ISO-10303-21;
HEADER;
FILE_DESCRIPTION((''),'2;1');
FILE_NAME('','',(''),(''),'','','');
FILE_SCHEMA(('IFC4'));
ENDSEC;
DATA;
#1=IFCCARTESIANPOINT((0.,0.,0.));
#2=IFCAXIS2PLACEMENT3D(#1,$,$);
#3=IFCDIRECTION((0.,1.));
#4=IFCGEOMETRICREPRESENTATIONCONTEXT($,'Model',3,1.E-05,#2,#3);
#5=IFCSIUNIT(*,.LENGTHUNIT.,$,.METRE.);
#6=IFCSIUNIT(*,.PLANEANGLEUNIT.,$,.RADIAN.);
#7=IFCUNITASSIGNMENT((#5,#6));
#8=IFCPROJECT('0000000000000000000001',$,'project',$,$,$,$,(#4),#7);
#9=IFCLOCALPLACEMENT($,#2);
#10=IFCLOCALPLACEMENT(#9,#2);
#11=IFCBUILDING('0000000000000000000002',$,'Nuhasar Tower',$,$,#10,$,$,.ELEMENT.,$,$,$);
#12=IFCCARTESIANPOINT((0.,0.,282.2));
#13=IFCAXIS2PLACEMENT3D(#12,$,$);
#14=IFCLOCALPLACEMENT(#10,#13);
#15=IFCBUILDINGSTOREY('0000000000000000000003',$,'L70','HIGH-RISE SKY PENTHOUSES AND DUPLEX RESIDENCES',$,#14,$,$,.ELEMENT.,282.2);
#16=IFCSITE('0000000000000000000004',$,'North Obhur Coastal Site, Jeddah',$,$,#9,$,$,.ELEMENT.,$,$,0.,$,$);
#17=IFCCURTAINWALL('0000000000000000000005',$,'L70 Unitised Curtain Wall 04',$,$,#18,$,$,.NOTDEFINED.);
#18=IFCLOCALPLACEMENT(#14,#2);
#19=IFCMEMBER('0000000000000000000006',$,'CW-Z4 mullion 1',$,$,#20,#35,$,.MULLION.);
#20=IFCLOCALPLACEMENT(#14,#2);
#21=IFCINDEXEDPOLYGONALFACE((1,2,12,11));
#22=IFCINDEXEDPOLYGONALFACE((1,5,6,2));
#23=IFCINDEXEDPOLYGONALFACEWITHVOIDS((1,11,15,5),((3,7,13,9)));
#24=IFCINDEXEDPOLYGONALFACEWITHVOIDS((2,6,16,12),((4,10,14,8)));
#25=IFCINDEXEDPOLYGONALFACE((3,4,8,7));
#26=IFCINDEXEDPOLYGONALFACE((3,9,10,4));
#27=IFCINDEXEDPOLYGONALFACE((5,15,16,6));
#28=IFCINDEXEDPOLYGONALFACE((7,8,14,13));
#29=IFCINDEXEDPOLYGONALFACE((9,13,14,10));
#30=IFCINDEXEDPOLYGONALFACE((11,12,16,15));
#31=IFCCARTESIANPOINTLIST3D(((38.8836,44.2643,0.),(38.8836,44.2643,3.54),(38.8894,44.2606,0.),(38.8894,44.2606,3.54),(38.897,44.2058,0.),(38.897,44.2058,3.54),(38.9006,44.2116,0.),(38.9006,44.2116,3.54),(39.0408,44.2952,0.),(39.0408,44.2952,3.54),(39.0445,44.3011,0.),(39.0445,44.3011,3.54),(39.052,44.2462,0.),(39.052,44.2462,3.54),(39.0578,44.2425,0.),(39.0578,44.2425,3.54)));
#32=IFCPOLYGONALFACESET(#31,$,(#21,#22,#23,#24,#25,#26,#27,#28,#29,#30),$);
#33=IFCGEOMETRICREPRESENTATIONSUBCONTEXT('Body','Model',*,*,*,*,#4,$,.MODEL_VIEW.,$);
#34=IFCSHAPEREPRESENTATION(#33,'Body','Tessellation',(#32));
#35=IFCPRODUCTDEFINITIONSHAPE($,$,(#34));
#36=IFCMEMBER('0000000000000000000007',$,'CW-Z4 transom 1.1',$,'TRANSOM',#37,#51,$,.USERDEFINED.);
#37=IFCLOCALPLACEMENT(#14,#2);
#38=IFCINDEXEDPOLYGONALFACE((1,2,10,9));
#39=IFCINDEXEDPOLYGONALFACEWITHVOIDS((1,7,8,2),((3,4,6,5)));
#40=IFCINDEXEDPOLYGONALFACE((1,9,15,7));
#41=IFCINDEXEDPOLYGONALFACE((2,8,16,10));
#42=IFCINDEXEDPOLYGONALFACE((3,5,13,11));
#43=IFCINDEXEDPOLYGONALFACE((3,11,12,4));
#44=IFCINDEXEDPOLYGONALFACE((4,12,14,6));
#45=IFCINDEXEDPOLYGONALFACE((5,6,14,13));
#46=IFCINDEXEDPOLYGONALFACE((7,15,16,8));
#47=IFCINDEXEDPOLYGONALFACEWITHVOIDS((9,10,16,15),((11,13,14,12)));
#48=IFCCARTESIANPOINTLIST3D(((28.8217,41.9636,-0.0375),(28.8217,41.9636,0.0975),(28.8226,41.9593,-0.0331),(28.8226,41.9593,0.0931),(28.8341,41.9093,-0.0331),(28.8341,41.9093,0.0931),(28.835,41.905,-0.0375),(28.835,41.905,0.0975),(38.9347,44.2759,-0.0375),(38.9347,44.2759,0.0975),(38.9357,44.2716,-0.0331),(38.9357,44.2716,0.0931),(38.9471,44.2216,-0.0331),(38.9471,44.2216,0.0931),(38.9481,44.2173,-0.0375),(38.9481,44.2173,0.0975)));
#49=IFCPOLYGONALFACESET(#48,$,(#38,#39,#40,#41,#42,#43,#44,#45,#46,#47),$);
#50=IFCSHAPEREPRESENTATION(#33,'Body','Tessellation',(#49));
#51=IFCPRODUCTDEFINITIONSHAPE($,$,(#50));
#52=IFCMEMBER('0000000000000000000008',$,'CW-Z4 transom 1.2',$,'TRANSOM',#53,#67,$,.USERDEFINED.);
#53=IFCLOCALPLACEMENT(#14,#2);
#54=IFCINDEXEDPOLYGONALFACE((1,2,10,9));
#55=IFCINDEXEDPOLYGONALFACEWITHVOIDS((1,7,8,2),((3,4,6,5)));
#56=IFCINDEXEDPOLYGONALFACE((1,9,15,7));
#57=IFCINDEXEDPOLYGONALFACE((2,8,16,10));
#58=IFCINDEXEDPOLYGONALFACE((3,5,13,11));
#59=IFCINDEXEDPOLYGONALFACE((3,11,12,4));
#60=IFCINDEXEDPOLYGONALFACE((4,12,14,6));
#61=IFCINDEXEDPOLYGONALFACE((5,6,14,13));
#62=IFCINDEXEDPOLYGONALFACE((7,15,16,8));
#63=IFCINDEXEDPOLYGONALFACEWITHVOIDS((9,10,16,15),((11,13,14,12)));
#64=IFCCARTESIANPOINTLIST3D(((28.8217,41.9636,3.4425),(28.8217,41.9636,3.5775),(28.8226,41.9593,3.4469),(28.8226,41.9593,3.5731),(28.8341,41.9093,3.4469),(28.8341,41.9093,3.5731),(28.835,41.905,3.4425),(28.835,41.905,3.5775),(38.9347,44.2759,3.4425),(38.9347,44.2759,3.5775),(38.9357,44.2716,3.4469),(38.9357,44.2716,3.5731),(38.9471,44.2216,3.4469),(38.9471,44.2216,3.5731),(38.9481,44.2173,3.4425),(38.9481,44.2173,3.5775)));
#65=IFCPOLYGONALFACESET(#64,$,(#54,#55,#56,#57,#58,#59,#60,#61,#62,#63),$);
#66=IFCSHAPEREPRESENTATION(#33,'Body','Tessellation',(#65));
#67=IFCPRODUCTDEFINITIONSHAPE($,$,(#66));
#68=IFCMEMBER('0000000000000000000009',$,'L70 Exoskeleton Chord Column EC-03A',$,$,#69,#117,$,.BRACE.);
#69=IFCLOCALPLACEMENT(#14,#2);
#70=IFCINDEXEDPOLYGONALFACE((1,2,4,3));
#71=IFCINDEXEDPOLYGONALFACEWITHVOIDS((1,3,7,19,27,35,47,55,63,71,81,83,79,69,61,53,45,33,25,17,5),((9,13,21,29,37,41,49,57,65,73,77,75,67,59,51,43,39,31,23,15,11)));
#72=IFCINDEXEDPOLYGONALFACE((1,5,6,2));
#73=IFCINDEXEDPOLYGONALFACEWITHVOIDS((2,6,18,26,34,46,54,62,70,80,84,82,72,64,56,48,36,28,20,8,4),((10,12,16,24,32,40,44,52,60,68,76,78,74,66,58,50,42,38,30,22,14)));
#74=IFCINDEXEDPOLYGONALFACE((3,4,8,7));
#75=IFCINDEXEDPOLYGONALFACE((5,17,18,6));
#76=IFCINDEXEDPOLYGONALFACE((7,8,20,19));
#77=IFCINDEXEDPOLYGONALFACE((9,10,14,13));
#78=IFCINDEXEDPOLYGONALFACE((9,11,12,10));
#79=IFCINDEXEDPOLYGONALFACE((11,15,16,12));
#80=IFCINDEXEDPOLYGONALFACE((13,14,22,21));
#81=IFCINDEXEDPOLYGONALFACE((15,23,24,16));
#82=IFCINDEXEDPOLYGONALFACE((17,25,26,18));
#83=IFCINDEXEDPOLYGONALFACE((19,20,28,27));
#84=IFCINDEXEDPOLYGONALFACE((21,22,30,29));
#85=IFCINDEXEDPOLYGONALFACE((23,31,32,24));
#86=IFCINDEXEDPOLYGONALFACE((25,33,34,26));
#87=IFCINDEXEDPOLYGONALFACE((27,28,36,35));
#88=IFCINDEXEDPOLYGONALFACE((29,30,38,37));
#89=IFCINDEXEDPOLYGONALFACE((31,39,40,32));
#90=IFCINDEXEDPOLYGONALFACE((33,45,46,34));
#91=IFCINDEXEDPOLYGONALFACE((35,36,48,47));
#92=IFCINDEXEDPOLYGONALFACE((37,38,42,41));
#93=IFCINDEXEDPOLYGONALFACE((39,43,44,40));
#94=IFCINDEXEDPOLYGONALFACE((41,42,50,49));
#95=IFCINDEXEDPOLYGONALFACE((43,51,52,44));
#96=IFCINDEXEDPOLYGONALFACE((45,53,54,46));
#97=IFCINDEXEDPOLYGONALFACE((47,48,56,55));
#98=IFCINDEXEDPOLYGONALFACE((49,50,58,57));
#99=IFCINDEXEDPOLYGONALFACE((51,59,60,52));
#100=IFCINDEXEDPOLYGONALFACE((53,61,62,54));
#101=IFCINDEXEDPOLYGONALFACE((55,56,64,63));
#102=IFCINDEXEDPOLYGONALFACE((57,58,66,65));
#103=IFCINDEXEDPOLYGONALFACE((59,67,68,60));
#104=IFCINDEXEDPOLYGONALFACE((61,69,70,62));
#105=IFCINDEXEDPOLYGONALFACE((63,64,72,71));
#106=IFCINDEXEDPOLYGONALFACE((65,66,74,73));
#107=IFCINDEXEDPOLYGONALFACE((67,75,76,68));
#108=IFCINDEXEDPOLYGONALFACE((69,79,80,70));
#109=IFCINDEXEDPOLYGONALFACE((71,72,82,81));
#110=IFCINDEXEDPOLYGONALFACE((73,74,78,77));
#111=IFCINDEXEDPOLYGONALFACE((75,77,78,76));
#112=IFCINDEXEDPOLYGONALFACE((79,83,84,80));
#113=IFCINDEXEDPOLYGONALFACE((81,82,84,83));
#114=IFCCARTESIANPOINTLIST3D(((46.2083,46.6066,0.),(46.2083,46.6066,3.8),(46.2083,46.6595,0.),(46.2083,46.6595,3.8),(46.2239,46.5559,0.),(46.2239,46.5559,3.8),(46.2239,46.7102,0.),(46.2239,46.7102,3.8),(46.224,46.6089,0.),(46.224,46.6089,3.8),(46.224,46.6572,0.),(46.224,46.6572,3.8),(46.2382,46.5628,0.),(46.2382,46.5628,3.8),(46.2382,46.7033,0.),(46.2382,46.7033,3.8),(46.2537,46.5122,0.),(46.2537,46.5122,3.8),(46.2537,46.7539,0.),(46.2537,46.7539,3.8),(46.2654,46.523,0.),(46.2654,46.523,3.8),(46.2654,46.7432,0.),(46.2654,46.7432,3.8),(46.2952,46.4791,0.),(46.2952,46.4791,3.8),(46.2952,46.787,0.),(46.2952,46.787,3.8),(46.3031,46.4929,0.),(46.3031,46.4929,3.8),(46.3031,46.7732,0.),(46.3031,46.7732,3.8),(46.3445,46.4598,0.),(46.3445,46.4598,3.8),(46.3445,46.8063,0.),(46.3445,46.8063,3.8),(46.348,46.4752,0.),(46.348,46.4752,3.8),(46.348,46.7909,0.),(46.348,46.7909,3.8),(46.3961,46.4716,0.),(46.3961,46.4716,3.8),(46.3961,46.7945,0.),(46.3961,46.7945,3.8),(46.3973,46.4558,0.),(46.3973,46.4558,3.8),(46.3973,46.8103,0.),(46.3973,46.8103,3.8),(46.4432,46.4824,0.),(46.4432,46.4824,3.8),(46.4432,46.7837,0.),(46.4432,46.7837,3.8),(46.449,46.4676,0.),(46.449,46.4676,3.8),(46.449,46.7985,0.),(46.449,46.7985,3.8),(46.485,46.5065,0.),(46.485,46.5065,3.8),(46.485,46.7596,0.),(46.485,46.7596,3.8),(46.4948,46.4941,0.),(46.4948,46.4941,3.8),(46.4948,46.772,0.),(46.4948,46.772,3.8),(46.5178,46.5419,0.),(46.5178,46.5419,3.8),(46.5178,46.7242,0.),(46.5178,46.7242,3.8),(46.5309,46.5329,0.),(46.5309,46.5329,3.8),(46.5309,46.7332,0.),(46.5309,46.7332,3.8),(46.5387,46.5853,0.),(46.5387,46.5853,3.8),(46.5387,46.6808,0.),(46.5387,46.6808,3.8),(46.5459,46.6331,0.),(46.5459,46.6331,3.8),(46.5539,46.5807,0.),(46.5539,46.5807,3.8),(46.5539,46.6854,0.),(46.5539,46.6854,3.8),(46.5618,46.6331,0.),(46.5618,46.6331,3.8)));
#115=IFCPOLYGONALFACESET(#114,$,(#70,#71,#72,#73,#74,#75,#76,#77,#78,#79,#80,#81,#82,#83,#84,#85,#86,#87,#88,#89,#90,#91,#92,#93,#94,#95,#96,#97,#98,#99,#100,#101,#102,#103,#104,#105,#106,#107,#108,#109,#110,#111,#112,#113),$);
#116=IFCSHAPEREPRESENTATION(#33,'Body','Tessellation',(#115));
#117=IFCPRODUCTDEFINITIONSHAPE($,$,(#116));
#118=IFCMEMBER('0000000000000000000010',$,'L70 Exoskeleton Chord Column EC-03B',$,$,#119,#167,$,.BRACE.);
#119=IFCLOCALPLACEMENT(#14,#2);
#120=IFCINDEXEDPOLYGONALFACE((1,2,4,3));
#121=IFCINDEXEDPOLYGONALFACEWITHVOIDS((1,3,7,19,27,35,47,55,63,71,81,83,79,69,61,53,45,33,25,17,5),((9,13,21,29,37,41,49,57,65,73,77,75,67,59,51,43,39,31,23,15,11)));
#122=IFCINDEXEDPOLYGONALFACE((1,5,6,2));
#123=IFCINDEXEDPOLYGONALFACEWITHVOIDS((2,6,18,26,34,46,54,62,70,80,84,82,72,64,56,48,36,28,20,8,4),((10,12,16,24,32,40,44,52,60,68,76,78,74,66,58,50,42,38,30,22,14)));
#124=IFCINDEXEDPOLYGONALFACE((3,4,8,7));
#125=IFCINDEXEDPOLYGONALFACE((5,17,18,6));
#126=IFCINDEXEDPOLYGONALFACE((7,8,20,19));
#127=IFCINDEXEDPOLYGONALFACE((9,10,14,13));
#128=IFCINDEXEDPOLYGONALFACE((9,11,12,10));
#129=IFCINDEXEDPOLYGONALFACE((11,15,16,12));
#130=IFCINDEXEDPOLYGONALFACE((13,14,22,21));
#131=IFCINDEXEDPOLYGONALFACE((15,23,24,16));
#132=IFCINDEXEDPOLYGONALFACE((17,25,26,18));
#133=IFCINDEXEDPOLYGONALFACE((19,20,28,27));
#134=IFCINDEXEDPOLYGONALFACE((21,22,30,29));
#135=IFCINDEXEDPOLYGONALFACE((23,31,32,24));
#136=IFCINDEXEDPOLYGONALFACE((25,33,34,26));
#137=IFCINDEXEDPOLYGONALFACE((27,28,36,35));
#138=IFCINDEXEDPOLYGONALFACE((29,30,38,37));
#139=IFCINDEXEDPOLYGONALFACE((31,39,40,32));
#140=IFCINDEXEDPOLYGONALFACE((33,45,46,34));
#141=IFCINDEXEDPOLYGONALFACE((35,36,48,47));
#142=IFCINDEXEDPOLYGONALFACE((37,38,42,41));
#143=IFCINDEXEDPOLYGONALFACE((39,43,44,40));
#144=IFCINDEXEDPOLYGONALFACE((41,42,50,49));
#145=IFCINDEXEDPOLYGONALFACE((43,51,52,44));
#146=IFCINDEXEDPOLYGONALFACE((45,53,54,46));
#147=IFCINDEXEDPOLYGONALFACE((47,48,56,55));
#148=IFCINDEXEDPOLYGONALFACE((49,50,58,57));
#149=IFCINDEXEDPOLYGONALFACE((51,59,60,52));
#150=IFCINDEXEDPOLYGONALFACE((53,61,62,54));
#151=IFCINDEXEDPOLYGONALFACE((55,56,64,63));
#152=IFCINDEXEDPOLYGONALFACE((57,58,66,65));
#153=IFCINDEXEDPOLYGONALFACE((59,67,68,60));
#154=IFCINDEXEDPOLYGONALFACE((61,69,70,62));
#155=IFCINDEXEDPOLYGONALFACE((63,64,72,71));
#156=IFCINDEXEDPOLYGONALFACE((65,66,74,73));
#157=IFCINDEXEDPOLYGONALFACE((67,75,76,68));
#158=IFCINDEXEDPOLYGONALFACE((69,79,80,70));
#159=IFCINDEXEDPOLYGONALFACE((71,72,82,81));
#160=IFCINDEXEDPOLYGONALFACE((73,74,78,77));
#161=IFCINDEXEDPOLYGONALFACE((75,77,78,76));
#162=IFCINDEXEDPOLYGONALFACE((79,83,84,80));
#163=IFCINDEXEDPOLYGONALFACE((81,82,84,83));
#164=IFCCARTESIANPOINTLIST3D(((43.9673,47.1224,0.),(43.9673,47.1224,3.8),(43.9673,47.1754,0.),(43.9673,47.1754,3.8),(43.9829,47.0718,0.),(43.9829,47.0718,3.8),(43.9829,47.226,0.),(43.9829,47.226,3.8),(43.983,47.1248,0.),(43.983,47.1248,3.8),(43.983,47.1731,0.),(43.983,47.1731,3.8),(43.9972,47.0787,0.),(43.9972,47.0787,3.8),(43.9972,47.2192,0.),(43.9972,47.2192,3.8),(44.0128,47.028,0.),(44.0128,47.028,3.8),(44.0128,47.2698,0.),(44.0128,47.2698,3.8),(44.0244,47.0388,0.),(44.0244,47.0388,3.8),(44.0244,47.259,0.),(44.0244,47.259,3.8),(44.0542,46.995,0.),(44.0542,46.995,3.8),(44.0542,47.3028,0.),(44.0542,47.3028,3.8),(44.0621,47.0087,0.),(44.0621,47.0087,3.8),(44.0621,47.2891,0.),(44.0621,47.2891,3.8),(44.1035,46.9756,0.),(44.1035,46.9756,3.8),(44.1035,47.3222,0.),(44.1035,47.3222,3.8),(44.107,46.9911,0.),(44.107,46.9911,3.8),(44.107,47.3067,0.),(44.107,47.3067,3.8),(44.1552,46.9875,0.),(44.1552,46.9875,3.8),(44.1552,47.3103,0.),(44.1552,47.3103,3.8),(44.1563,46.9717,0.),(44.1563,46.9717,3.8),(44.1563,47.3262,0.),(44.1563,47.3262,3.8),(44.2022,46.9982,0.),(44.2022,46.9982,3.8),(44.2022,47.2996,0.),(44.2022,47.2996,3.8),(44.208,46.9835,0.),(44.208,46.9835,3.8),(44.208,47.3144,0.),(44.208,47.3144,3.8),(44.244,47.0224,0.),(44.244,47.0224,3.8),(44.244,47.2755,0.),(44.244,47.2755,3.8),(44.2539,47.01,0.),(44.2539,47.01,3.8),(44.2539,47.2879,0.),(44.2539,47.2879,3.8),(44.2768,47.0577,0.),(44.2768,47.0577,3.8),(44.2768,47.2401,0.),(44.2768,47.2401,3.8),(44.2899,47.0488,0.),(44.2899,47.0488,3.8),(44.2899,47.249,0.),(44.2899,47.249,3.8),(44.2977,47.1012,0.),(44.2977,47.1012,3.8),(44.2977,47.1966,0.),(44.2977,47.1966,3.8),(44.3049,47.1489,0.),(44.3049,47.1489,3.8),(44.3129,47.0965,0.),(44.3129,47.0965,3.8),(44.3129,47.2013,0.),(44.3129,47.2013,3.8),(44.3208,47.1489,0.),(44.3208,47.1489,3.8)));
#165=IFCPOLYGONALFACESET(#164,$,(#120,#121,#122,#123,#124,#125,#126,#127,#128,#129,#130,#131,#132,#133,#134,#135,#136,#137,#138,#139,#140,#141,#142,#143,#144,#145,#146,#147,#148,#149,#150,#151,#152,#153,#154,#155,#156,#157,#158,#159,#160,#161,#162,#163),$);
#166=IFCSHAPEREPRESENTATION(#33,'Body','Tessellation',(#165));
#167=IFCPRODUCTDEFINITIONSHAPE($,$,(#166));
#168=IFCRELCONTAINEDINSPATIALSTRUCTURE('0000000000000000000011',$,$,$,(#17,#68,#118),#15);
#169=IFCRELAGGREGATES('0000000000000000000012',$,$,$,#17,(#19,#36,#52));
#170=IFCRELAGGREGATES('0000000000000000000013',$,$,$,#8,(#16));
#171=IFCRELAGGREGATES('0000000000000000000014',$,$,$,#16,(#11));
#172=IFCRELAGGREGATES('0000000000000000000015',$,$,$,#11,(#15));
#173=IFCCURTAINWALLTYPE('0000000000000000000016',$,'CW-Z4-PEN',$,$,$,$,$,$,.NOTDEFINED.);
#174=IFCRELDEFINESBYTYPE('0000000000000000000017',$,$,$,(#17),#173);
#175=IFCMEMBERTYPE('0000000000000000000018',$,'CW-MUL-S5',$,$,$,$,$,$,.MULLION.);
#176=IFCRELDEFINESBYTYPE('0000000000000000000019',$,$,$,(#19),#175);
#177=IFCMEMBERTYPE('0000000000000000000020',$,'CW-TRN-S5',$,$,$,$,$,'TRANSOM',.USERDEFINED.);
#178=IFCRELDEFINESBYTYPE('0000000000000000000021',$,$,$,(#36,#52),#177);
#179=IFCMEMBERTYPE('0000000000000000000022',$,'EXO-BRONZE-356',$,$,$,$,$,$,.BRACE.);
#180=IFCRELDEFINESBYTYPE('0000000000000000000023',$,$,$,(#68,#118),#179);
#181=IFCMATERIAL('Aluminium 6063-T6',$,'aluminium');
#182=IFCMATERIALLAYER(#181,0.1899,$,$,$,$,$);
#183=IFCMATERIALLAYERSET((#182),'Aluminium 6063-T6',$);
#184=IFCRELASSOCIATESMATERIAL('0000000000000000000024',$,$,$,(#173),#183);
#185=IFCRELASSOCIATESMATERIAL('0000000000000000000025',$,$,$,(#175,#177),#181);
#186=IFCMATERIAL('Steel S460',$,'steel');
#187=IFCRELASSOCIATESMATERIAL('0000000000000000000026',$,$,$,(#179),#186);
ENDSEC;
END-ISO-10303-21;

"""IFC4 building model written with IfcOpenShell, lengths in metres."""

from ifc_helpers import new_model, si_unit, direction, frame, origin, origin_2d, place, context, subcontext, project, spatial, hollow_rectangle, hollow_circle, extrude, material, layer, layer_set, material_profile, profile_set, type_object, element, aggregate, save


model = new_model("IFC4")

# Units and contexts
model_context = context("Model", 3, precision=1e-05, world=origin(), true_north=direction((0.0, 1.0)))
body_context = subcontext(model_context, "Body", "Model", "MODEL_VIEW")
ifc_project = project(units=[si_unit("LENGTHUNIT", "METRE"), si_unit("PLANEANGLEUNIT", "RADIAN")], contexts=[model_context])

# Site, building, storey
site_placement = place(None, origin())
site = spatial("IfcSite", under=ifc_project, at=site_placement, Name="North Obhur Coastal Site, Jeddah", CompositionType="ELEMENT", RefElevation=0.0)
building_placement = place(site_placement, origin())
building = spatial("IfcBuilding", under=site, at=building_placement, Name="Nuhasar Tower", CompositionType="ELEMENT")
storey_placement = place(building_placement, frame((0.0, 0.0, 282.2)))
storey = spatial("IfcBuildingStorey", under=building, at=storey_placement, Name="L70", Description="HIGH-RISE SKY PENTHOUSES AND DUPLEX RESIDENCES", CompositionType="ELEMENT", Elevation=282.2)

# Shared definitions
ifc_material_1 = material(Name="Aluminium 6063-T6", Category="aluminium")
ifc_layer_1 = layer(ifc_material_1, 0.1899)
ifc_layer_set_1 = layer_set([ifc_layer_1], Name="Aluminium 6063-T6")
curtain_wall_type = type_object("IfcCurtainWallType", Name="CW-Z4-PEN", PredefinedType="NOTDEFINED", material=ifc_layer_set_1)
ifc_material_profile_1 = material_profile(ifc_material_1, hollow_rectangle(XDim=0.0601, YDim=0.165, WallThickness=0.0049, at=origin_2d()), Name="CWM-5")
ifc_profile_set_1 = profile_set([ifc_material_profile_1], Name="Aluminium 6063-T6")
member_type_1 = type_object("IfcMemberType", Name="CW-MUL-S5", PredefinedType="MULLION", material=ifc_profile_set_1)

# Curtain wall, members
curtain_wall_1_placement = place(storey_placement, origin())
curtain_wall_1 = element("IfcCurtainWall", 1, at=curtain_wall_1_placement, inside=storey, type_object=curtain_wall_type, Name="L70 Unitised Curtain Wall 04", PredefinedType="NOTDEFINED")
member_1_placement = place(storey_placement, frame((38.9707, 44.2534, 0.0), z_axis=(0.0, 0.0, 1.0), x_axis=(0.222889, -0.974844, 0.0)))
member_1 = element("IfcMember", 2, at=member_1_placement, type_object=member_type_1, Name="CW-Z4 mullion 1", PredefinedType="MULLION", context=body_context, shape_type="SweptSolid", body=[
    extrude(hollow_rectangle(XDim=0.0601, YDim=0.165, WallThickness=0.0049, at=origin_2d()), origin(), (0.0, 0.0, 1.0), 3.54),
])
ifc_material_profile_2 = material_profile(ifc_material_1, hollow_rectangle(XDim=0.0601, YDim=0.135, WallThickness=0.0044, at=origin_2d()), Name="CWT-5")
ifc_profile_set_2 = profile_set([ifc_material_profile_2], Name="Aluminium 6063-T6")
member_type_2 = type_object("IfcMemberType", Name="CW-TRN-S5", ElementType="TRANSOM", PredefinedType="USERDEFINED", material=ifc_profile_set_2)
member_2_placement = place(storey_placement, frame((38.9414, 44.2466, 0.03), z_axis=(-0.974844, -0.222889, 0.0), x_axis=(0.222889, -0.974844, 0.0)))
member_2 = element("IfcMember", 3, at=member_2_placement, type_object=member_type_2, Name="CW-Z4 transom 1.1", ObjectType="TRANSOM", PredefinedType="USERDEFINED", context=body_context, shape_type="SweptSolid", body=[
    extrude(hollow_rectangle(XDim=0.0601, YDim=0.135, WallThickness=0.0044, at=origin_2d()), origin(), (0.0, 0.0, 1.0), 10.374),
])
member_3_placement = place(storey_placement, frame((38.9414, 44.2466, 3.51), z_axis=(-0.974844, -0.222889, 0.0), x_axis=(0.222889, -0.974844, 0.0)))
member_3 = element("IfcMember", 4, at=member_3_placement, type_object=member_type_2, Name="CW-Z4 transom 1.2", ObjectType="TRANSOM", PredefinedType="USERDEFINED", context=body_context, shape_type="SweptSolid", body=[
    extrude(hollow_rectangle(XDim=0.0601, YDim=0.135, WallThickness=0.0044, at=origin_2d()), origin(), (0.0, 0.0, 1.0), 10.374),
])
aggregate(curtain_wall_1, [member_1, member_2, member_3])

# Members
ifc_material_2 = material(Name="Steel S460", Category="steel")
ifc_material_profile_3 = material_profile(ifc_material_2, hollow_circle(Radius=0.1777, WallThickness=0.0159, at=origin_2d()), Name="HSS355.6X15.9")
ifc_profile_set_3 = profile_set([ifc_material_profile_3], Name="Steel S460")
member_type_3 = type_object("IfcMemberType", Name="EXO-BRONZE-356", PredefinedType="BRACE", material=ifc_profile_set_3)
for number, where, z_axis, x_axis, name in (
    (5, (46.384, 46.6331, 0.0), (0.0, 0.0, 1.0), (1.0, 0.0, 0.0), "L70 Exoskeleton Chord Column EC-03A"),
    (6, (44.1431, 47.1489, 0.0), (0.0, 0.0, 1.0), (1.0, 0.0, 0.0), "L70 Exoskeleton Chord Column EC-03B"),
):
    element("IfcMember", number, at=place(storey_placement, frame(where, z_axis=z_axis, x_axis=x_axis)), inside=storey, type_object=member_type_3, Name=name, PredefinedType="BRACE", context=body_context, shape_type="SweptSolid", body=[
        extrude(hollow_circle(Radius=0.1777, WallThickness=0.0159, at=origin_2d()), origin(), (0.0, 0.0, 1.0), 3.8),
    ])

save(model, "model.ifc")
